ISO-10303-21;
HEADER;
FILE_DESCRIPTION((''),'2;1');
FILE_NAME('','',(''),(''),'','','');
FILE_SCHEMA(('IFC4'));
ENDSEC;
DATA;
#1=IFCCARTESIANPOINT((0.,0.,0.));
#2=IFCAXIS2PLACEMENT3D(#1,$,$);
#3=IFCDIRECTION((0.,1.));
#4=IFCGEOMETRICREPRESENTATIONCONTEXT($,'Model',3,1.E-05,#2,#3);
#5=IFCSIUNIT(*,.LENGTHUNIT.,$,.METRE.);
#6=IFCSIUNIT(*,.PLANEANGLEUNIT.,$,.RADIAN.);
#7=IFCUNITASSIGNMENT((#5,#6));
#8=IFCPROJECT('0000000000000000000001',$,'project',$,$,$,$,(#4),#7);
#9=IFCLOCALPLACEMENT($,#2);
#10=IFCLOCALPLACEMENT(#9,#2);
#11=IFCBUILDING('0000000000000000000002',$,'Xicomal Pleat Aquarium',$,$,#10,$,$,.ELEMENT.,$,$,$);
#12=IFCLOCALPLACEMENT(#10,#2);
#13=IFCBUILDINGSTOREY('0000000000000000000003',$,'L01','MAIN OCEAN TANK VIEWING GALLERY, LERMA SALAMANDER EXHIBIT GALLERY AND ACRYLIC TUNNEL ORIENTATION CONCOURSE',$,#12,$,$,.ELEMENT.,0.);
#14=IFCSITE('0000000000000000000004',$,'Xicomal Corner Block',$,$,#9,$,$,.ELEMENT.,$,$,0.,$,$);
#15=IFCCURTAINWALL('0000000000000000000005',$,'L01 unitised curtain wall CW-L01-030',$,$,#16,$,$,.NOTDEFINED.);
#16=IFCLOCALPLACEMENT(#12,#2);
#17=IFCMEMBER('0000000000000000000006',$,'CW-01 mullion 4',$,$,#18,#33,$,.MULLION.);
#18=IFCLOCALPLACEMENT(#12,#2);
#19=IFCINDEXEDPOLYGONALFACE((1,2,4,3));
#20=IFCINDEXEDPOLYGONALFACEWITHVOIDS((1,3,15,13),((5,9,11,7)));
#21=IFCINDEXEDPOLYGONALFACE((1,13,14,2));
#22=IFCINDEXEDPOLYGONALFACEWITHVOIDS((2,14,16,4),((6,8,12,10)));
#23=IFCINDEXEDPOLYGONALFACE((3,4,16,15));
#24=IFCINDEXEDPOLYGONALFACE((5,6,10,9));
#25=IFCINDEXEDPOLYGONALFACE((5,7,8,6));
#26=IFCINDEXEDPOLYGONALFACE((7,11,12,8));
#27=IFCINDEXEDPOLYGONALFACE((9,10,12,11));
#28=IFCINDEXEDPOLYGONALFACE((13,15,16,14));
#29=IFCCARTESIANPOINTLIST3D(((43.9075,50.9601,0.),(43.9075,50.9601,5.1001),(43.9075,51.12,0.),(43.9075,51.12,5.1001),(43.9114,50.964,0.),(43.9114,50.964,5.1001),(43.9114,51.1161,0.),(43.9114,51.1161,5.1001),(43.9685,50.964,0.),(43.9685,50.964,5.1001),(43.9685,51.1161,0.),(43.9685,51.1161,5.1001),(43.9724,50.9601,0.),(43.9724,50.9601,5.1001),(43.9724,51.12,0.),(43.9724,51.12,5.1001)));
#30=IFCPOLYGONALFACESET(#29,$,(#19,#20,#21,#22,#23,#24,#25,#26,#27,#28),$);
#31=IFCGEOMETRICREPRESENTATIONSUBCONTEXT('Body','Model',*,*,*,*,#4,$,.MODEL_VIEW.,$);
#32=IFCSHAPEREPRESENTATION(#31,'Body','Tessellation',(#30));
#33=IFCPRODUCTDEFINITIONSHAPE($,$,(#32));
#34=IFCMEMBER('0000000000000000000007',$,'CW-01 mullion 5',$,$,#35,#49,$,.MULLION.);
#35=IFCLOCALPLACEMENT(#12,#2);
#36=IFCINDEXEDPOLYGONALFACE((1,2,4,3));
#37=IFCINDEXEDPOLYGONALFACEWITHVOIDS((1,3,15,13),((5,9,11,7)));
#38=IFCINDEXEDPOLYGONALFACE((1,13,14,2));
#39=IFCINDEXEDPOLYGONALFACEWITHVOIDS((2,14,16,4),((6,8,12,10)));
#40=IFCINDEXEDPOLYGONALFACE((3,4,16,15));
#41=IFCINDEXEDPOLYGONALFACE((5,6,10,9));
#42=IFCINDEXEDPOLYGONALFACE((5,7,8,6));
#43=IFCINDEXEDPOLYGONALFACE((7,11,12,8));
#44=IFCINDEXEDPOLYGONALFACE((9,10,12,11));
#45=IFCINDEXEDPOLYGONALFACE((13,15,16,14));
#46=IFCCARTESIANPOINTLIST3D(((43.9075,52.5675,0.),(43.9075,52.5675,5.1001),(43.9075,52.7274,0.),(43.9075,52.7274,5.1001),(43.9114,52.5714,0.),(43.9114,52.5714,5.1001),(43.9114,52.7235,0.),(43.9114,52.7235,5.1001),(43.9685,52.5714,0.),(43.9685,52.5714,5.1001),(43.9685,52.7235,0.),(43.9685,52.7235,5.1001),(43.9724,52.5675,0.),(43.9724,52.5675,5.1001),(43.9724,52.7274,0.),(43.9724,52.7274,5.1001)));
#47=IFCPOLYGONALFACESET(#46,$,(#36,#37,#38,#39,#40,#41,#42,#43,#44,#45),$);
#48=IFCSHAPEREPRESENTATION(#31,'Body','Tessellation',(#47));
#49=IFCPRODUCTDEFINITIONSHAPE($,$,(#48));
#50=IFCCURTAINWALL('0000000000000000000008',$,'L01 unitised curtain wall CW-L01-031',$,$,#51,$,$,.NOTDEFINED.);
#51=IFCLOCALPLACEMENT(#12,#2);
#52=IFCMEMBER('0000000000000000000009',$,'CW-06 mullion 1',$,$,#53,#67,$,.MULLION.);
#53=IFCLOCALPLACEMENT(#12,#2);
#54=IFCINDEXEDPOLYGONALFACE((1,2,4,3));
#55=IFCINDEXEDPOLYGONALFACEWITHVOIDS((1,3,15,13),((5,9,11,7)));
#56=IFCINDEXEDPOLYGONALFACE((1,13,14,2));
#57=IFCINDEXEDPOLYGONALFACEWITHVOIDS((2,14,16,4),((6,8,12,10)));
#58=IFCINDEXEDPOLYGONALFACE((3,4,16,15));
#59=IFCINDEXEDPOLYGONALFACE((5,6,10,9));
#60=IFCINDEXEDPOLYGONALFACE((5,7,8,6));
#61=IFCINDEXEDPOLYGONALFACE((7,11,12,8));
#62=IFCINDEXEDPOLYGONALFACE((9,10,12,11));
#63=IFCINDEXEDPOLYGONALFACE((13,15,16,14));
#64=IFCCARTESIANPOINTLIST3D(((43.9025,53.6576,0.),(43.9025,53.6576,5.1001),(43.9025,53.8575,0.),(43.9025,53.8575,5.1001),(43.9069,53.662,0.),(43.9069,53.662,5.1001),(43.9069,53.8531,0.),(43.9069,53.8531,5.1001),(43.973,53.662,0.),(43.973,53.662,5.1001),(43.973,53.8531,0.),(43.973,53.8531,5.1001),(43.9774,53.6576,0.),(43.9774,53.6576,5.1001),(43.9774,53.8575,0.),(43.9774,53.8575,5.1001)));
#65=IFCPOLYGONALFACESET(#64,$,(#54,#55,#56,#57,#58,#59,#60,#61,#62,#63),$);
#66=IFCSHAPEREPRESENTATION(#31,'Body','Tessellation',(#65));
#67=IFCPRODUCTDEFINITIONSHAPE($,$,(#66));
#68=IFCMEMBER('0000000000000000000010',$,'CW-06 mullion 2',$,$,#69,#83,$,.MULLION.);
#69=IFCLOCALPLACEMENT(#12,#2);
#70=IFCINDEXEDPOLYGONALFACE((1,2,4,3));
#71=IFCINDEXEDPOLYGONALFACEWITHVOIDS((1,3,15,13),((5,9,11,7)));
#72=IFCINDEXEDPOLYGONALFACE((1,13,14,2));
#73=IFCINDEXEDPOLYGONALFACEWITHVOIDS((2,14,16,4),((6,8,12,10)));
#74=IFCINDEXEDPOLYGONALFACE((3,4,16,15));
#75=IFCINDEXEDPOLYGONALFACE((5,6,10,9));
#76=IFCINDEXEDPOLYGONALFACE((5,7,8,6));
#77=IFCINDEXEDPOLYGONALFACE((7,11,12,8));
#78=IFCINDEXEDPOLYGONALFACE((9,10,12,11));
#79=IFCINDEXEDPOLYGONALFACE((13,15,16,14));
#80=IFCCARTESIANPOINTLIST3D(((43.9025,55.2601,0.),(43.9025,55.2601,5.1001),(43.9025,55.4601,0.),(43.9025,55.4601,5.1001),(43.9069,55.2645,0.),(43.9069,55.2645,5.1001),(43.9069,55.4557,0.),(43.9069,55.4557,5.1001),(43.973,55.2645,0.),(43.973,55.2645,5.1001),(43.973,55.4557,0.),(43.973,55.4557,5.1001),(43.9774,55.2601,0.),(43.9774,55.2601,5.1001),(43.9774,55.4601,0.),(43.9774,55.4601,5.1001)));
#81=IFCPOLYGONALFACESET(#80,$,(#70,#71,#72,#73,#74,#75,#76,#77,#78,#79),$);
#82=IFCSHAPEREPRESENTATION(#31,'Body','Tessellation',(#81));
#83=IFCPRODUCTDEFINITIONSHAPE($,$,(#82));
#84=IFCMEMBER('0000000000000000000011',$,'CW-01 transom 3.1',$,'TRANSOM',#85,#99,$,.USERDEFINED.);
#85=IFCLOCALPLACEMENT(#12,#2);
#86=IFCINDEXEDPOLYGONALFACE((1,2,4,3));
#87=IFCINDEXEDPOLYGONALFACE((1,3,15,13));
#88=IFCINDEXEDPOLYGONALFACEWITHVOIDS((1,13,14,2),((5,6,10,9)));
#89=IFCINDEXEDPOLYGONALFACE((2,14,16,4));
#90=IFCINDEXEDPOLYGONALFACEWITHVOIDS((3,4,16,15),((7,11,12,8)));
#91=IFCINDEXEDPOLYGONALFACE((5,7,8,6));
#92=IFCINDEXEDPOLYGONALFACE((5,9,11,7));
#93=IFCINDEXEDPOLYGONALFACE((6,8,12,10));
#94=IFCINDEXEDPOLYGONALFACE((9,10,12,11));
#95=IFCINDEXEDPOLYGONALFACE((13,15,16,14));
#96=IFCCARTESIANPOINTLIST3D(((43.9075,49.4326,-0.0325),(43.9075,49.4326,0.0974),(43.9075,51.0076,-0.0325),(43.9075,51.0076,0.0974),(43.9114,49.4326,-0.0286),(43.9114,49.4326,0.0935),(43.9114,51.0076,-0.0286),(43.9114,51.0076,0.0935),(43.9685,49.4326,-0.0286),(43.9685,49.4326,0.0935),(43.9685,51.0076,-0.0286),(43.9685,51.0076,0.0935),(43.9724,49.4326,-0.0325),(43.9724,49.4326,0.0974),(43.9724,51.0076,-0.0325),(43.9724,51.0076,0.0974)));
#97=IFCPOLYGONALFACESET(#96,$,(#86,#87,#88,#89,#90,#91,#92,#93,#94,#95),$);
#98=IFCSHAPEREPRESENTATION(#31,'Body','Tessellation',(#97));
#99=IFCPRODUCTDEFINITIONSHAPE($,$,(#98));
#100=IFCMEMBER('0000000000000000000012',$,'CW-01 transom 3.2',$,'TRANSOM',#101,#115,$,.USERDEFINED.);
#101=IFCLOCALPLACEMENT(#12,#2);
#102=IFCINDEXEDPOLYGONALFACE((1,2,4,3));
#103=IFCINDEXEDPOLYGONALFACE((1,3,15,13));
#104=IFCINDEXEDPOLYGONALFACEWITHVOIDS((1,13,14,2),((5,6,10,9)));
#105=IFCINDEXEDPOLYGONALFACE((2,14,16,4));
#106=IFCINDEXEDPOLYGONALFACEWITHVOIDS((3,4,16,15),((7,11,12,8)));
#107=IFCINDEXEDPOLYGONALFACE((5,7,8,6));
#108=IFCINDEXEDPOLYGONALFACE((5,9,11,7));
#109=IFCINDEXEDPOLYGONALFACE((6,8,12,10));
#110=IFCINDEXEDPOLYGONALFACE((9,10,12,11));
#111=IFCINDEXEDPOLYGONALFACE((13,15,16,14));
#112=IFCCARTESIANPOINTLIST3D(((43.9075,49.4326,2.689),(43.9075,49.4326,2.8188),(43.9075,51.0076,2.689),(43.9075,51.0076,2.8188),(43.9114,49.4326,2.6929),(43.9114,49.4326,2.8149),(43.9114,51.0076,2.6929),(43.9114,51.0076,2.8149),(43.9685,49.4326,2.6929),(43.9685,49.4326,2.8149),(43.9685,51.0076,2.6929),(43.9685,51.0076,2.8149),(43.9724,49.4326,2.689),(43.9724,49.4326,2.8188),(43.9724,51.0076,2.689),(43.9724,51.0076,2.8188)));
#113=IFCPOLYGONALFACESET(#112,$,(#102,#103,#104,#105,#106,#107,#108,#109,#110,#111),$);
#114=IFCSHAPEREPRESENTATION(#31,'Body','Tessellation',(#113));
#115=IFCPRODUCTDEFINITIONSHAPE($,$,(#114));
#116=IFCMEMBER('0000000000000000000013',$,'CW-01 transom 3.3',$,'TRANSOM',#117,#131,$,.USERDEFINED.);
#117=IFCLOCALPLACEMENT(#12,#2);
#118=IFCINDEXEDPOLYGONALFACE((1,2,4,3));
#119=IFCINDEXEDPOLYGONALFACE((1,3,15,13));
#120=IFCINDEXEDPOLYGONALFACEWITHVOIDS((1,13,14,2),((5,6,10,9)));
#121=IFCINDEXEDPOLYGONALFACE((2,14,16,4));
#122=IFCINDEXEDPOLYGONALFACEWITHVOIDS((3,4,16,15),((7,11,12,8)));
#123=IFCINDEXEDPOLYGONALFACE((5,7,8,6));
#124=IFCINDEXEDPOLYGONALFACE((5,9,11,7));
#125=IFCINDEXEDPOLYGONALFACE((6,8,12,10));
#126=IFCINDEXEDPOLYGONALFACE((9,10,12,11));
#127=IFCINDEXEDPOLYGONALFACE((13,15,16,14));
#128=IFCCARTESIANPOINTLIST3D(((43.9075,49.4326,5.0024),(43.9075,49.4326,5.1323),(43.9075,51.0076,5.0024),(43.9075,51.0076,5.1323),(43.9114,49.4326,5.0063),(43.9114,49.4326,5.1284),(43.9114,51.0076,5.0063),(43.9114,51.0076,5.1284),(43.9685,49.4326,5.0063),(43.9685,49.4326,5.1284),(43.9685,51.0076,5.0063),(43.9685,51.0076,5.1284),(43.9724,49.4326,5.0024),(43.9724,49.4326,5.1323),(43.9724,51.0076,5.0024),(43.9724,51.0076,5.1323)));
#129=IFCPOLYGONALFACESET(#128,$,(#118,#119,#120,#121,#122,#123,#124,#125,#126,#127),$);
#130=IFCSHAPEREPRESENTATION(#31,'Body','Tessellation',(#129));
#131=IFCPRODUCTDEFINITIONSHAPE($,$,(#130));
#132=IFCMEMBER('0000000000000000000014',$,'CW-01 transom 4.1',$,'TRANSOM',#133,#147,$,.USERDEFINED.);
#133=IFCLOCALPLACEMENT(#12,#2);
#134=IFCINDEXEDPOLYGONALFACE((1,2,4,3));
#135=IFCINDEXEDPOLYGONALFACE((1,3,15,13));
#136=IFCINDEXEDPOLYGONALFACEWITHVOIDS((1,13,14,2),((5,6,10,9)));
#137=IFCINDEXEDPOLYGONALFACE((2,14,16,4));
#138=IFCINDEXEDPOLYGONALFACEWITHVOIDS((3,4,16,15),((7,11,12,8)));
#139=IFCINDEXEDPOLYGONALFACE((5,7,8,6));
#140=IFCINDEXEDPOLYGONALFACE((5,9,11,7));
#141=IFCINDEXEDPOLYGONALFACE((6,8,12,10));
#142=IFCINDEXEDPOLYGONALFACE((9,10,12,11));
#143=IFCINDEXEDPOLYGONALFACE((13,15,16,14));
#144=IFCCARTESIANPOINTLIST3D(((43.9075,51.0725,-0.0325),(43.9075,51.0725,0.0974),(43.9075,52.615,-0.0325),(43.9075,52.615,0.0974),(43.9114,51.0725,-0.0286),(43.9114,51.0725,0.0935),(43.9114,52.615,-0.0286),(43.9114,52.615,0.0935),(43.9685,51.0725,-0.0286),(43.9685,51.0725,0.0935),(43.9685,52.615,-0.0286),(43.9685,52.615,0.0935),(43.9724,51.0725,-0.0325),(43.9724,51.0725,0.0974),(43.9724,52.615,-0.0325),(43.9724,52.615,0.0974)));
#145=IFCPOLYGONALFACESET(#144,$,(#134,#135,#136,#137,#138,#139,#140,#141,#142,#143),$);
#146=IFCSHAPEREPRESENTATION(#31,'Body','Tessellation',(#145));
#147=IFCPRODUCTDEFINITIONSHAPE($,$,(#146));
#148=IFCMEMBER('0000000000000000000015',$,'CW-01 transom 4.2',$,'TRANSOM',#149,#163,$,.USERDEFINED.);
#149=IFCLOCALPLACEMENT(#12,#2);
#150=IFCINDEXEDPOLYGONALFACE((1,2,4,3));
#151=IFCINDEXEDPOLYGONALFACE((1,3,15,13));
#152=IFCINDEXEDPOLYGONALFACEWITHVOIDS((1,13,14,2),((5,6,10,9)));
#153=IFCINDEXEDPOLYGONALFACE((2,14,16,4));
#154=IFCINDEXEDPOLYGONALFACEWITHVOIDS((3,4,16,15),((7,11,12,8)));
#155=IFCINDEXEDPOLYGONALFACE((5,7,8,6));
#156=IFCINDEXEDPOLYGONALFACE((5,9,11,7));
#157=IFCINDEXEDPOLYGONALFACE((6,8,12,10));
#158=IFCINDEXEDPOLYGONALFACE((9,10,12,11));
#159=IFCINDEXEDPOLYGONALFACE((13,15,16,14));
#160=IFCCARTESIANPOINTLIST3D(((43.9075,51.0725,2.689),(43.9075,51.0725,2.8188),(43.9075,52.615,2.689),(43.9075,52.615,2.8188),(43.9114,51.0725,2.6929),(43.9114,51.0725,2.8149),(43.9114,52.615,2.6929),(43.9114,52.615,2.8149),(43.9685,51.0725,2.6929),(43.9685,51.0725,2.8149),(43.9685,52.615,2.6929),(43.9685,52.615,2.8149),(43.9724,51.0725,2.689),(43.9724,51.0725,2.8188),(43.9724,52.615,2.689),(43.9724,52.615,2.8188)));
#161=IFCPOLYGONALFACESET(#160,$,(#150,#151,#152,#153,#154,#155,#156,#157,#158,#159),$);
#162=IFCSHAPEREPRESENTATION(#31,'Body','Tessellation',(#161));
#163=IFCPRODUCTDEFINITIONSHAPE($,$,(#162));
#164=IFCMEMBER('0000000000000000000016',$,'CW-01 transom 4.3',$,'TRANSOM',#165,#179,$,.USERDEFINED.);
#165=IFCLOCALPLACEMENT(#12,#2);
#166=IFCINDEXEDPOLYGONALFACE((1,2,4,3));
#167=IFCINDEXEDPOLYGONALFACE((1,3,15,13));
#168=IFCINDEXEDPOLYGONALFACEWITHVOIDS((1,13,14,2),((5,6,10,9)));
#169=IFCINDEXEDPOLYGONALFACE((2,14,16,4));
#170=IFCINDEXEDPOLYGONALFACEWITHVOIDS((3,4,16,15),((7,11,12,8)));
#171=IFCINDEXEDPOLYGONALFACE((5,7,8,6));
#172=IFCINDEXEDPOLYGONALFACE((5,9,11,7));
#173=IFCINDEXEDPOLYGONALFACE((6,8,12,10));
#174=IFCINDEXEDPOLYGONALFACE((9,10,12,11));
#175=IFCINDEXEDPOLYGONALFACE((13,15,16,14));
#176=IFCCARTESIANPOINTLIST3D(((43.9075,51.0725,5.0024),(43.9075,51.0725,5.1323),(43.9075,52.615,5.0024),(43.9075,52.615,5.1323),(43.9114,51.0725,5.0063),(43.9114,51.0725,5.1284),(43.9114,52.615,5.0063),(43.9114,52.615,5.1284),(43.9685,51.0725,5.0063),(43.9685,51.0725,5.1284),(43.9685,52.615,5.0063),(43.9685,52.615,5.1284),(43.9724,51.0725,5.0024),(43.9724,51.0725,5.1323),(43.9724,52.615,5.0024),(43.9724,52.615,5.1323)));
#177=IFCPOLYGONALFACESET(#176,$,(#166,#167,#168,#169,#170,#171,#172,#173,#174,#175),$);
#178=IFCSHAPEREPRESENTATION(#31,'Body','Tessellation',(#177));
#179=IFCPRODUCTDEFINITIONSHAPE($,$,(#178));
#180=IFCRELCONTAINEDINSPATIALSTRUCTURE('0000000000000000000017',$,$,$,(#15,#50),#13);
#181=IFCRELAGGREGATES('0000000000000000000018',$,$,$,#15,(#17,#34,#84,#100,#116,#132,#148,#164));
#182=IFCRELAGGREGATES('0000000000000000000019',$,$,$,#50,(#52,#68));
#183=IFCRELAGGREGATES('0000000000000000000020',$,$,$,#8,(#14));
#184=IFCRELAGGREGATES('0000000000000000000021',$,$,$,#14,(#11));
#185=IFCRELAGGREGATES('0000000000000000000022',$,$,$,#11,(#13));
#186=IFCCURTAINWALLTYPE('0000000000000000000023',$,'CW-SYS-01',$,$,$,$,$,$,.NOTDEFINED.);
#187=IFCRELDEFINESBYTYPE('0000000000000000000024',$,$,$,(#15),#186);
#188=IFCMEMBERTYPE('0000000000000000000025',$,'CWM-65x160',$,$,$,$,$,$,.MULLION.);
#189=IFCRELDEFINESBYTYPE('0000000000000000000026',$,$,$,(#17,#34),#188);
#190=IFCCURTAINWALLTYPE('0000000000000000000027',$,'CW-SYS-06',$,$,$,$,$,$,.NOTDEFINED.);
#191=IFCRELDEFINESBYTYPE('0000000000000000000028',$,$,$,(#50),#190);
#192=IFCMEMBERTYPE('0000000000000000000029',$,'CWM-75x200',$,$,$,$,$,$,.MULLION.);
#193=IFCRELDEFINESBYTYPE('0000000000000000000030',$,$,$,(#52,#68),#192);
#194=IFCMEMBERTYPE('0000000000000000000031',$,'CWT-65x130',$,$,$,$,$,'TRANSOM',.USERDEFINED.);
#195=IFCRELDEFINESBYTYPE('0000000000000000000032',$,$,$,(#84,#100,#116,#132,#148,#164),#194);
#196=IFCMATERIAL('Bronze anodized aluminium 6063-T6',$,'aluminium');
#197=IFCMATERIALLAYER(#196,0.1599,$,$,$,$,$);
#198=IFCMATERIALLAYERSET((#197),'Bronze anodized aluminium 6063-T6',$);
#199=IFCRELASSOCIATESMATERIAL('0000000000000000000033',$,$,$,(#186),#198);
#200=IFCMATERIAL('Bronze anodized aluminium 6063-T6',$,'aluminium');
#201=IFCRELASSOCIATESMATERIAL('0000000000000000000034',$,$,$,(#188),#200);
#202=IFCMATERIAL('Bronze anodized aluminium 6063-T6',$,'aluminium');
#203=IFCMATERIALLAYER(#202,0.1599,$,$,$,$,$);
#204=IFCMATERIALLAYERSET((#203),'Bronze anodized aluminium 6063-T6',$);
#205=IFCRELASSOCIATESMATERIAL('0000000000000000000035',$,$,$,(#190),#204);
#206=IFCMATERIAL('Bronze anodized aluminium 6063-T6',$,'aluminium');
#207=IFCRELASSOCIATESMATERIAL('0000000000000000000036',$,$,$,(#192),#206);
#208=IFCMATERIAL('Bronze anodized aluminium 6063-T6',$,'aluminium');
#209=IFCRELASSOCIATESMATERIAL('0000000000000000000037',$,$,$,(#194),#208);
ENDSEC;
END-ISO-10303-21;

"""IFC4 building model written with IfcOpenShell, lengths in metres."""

from ifc_helpers import new_model, si_unit, direction, frame, origin, origin_2d, place, context, subcontext, project, spatial, hollow_rectangle, extrude, material, layer, layer_set, material_profile, profile_set, type_object, element, aggregate, save


model = new_model("IFC4")

# Units and contexts
model_context = context("Model", 3, precision=1e-05, world=origin(), true_north=direction((0.0, 1.0)))
body_context = subcontext(model_context, "Body", "Model", "MODEL_VIEW")
ifc_project = project(units=[si_unit("LENGTHUNIT", "METRE"), si_unit("PLANEANGLEUNIT", "RADIAN")], contexts=[model_context])

# Site, building, storey
site_placement = place(None, origin())
site = spatial("IfcSite", under=ifc_project, at=site_placement, Name="Xicomal Corner Block", CompositionType="ELEMENT", RefElevation=0.0)
building_placement = place(site_placement, origin())
building = spatial("IfcBuilding", under=site, at=building_placement, Name="Xicomal Pleat Aquarium", CompositionType="ELEMENT")
storey_placement = place(building_placement, origin())
storey = spatial("IfcBuildingStorey", under=building, at=storey_placement, Name="L01", Description="MAIN OCEAN TANK VIEWING GALLERY, LERMA SALAMANDER EXHIBIT GALLERY AND ACRYLIC TUNNEL ORIENTATION CONCOURSE", CompositionType="ELEMENT", Elevation=0.0)

# Curtain walls, members
ifc_material_1 = material(Name="Bronze anodized aluminium 6063-T6", Category="aluminium")
ifc_layer_1 = layer(ifc_material_1, 0.1599)
ifc_layer_set_1 = layer_set([ifc_layer_1], Name="Bronze anodized aluminium 6063-T6")
curtain_wall_type_1 = type_object("IfcCurtainWallType", Name="CW-SYS-01", PredefinedType="NOTDEFINED", material=ifc_layer_set_1)
curtain_wall_1_placement = place(storey_placement, origin())
curtain_wall_1 = element("IfcCurtainWall", 1, at=curtain_wall_1_placement, inside=storey, type_object=curtain_wall_type_1, Name="L01 unitised curtain wall CW-L01-030", PredefinedType="NOTDEFINED")
ifc_material_2 = material(Name="Bronze anodized aluminium 6063-T6", Category="aluminium")
ifc_material_profile_1 = material_profile(ifc_material_2, hollow_rectangle(XDim=0.0649, YDim=0.1599, WallThickness=0.0039, at=origin_2d()), Name="ALU MULL 65x160")
ifc_profile_set_1 = profile_set([ifc_material_profile_1], Name="Bronze anodized aluminium 6063-T6")
member_type_1 = type_object("IfcMemberType", Name="CWM-65x160", PredefinedType="MULLION", material=ifc_profile_set_1)
member_1_placement = place(storey_placement, frame((43.9399, 51.04, 0.0), z_axis=(0.0, 0.0, 1.0), x_axis=(-1.0, 0.0, 0.0)))
member_1 = element("IfcMember", 2, at=member_1_placement, type_object=member_type_1, Name="CW-01 mullion 4", PredefinedType="MULLION", context=body_context, shape_type="SweptSolid", body=[
    extrude(hollow_rectangle(XDim=0.0649, YDim=0.1599, WallThickness=0.0039, at=origin_2d()), origin(), (0.0, 0.0, 1.0), 5.1001),
])
member_2_placement = place(storey_placement, frame((43.9399, 52.6475, 0.0), z_axis=(0.0, 0.0, 1.0), x_axis=(-1.0, 0.0, 0.0)))
member_2 = element("IfcMember", 3, at=member_2_placement, type_object=member_type_1, Name="CW-01 mullion 5", PredefinedType="MULLION", context=body_context, shape_type="SweptSolid", body=[
    extrude(hollow_rectangle(XDim=0.0649, YDim=0.1599, WallThickness=0.0039, at=origin_2d()), origin(), (0.0, 0.0, 1.0), 5.1001),
])
ifc_material_3 = material(Name="Bronze anodized aluminium 6063-T6", Category="aluminium")
ifc_layer_2 = layer(ifc_material_3, 0.1599)
ifc_layer_set_2 = layer_set([ifc_layer_2], Name="Bronze anodized aluminium 6063-T6")
curtain_wall_type_2 = type_object("IfcCurtainWallType", Name="CW-SYS-06", PredefinedType="NOTDEFINED", material=ifc_layer_set_2)
curtain_wall_2_placement = place(storey_placement, origin())
curtain_wall_2 = element("IfcCurtainWall", 4, at=curtain_wall_2_placement, inside=storey, type_object=curtain_wall_type_2, Name="L01 unitised curtain wall CW-L01-031", PredefinedType="NOTDEFINED")
ifc_material_4 = material(Name="Bronze anodized aluminium 6063-T6", Category="aluminium")
ifc_material_profile_2 = material_profile(ifc_material_4, hollow_rectangle(XDim=0.075, YDim=0.2, WallThickness=0.0044, at=origin_2d()), Name="ALU MULL 75x200")
ifc_profile_set_2 = profile_set([ifc_material_profile_2], Name="Bronze anodized aluminium 6063-T6")
member_type_2 = type_object("IfcMemberType", Name="CWM-75x200", PredefinedType="MULLION", material=ifc_profile_set_2)
member_3_placement = place(storey_placement, frame((43.9399, 53.7576, 0.0), z_axis=(0.0, 0.0, 1.0), x_axis=(-1.0, 0.0, 0.0)))
member_3 = element("IfcMember", 5, at=member_3_placement, type_object=member_type_2, Name="CW-06 mullion 1", PredefinedType="MULLION", context=body_context, shape_type="SweptSolid", body=[
    extrude(hollow_rectangle(XDim=0.075, YDim=0.2, WallThickness=0.0044, at=origin_2d()), origin(), (0.0, 0.0, 1.0), 5.1001),
])
member_4_placement = place(storey_placement, frame((43.9399, 55.3601, 0.0), z_axis=(0.0, 0.0, 1.0), x_axis=(-1.0, 0.0, 0.0)))
member_4 = element("IfcMember", 6, at=member_4_placement, type_object=member_type_2, Name="CW-06 mullion 2", PredefinedType="MULLION", context=body_context, shape_type="SweptSolid", body=[
    extrude(hollow_rectangle(XDim=0.075, YDim=0.2, WallThickness=0.0044, at=origin_2d()), origin(), (0.0, 0.0, 1.0), 5.1001),
])

# Members
ifc_material_5 = material(Name="Bronze anodized aluminium 6063-T6", Category="aluminium")
ifc_material_profile_3 = material_profile(ifc_material_5, hollow_rectangle(XDim=0.0649, YDim=0.1299, WallThickness=0.0039, at=origin_2d()), Name="ALU TRAN 65x130")
ifc_profile_set_3 = profile_set([ifc_material_profile_3], Name="Bronze anodized aluminium 6063-T6")
member_type_3 = type_object("IfcMemberType", Name="CWT-65x130", ElementType="TRANSOM", PredefinedType="USERDEFINED", material=ifc_profile_set_3)
member_5_placement = place(storey_placement, frame((43.9399, 49.4326, 0.0325), z_axis=(0.0, 1.0, 0.0), x_axis=(-1.0, 0.0, 0.0)))
member_5 = element("IfcMember", 7, at=member_5_placement, type_object=member_type_3, Name="CW-01 transom 3.1", ObjectType="TRANSOM", PredefinedType="USERDEFINED", context=body_context, shape_type="SweptSolid", body=[
    extrude(hollow_rectangle(XDim=0.0649, YDim=0.1299, WallThickness=0.0039, at=origin_2d()), origin(), (0.0, 0.0, 1.0), 1.575),
])
member_6_placement = place(storey_placement, frame((43.9399, 49.4326, 2.7539), z_axis=(0.0, 1.0, 0.0), x_axis=(-1.0, 0.0, 0.0)))
member_6 = element("IfcMember", 8, at=member_6_placement, type_object=member_type_3, Name="CW-01 transom 3.2", ObjectType="TRANSOM", PredefinedType="USERDEFINED", context=body_context, shape_type="SweptSolid", body=[
    extrude(hollow_rectangle(XDim=0.0649, YDim=0.1299, WallThickness=0.0039, at=origin_2d()), origin(), (0.0, 0.0, 1.0), 1.575),
])
member_7_placement = place(storey_placement, frame((43.9399, 49.4326, 5.0674), z_axis=(0.0, 1.0, 0.0), x_axis=(-1.0, 0.0, 0.0)))
member_7 = element("IfcMember", 9, at=member_7_placement, type_object=member_type_3, Name="CW-01 transom 3.3", ObjectType="TRANSOM", PredefinedType="USERDEFINED", context=body_context, shape_type="SweptSolid", body=[
    extrude(hollow_rectangle(XDim=0.0649, YDim=0.1299, WallThickness=0.0039, at=origin_2d()), origin(), (0.0, 0.0, 1.0), 1.575),
])
member_8_placement = place(storey_placement, frame((43.9399, 51.0725, 0.0325), z_axis=(0.0, 1.0, 0.0), x_axis=(-1.0, 0.0, 0.0)))
member_8 = element("IfcMember", 10, at=member_8_placement, type_object=member_type_3, Name="CW-01 transom 4.1", ObjectType="TRANSOM", PredefinedType="USERDEFINED", context=body_context, shape_type="SweptSolid", body=[
    extrude(hollow_rectangle(XDim=0.0649, YDim=0.1299, WallThickness=0.0039, at=origin_2d()), origin(), (0.0, 0.0, 1.0), 1.5425),
])
member_9_placement = place(storey_placement, frame((43.9399, 51.0725, 2.7539), z_axis=(0.0, 1.0, 0.0), x_axis=(-1.0, 0.0, 0.0)))
member_9 = element("IfcMember", 11, at=member_9_placement, type_object=member_type_3, Name="CW-01 transom 4.2", ObjectType="TRANSOM", PredefinedType="USERDEFINED", context=body_context, shape_type="SweptSolid", body=[
    extrude(hollow_rectangle(XDim=0.0649, YDim=0.1299, WallThickness=0.0039, at=origin_2d()), origin(), (0.0, 0.0, 1.0), 1.5425),
])
member_10_placement = place(storey_placement, frame((43.9399, 51.0725, 5.0674), z_axis=(0.0, 1.0, 0.0), x_axis=(-1.0, 0.0, 0.0)))
member_10 = element("IfcMember", 12, at=member_10_placement, type_object=member_type_3, Name="CW-01 transom 4.3", ObjectType="TRANSOM", PredefinedType="USERDEFINED", context=body_context, shape_type="SweptSolid", body=[
    extrude(hollow_rectangle(XDim=0.0649, YDim=0.1299, WallThickness=0.0039, at=origin_2d()), origin(), (0.0, 0.0, 1.0), 1.5425),
])

aggregate(curtain_wall_1, [member_1, member_2, member_5, member_6, member_7, member_8, member_9, member_10])
aggregate(curtain_wall_2, [member_3, member_4])

save(model, "model.ifc")
